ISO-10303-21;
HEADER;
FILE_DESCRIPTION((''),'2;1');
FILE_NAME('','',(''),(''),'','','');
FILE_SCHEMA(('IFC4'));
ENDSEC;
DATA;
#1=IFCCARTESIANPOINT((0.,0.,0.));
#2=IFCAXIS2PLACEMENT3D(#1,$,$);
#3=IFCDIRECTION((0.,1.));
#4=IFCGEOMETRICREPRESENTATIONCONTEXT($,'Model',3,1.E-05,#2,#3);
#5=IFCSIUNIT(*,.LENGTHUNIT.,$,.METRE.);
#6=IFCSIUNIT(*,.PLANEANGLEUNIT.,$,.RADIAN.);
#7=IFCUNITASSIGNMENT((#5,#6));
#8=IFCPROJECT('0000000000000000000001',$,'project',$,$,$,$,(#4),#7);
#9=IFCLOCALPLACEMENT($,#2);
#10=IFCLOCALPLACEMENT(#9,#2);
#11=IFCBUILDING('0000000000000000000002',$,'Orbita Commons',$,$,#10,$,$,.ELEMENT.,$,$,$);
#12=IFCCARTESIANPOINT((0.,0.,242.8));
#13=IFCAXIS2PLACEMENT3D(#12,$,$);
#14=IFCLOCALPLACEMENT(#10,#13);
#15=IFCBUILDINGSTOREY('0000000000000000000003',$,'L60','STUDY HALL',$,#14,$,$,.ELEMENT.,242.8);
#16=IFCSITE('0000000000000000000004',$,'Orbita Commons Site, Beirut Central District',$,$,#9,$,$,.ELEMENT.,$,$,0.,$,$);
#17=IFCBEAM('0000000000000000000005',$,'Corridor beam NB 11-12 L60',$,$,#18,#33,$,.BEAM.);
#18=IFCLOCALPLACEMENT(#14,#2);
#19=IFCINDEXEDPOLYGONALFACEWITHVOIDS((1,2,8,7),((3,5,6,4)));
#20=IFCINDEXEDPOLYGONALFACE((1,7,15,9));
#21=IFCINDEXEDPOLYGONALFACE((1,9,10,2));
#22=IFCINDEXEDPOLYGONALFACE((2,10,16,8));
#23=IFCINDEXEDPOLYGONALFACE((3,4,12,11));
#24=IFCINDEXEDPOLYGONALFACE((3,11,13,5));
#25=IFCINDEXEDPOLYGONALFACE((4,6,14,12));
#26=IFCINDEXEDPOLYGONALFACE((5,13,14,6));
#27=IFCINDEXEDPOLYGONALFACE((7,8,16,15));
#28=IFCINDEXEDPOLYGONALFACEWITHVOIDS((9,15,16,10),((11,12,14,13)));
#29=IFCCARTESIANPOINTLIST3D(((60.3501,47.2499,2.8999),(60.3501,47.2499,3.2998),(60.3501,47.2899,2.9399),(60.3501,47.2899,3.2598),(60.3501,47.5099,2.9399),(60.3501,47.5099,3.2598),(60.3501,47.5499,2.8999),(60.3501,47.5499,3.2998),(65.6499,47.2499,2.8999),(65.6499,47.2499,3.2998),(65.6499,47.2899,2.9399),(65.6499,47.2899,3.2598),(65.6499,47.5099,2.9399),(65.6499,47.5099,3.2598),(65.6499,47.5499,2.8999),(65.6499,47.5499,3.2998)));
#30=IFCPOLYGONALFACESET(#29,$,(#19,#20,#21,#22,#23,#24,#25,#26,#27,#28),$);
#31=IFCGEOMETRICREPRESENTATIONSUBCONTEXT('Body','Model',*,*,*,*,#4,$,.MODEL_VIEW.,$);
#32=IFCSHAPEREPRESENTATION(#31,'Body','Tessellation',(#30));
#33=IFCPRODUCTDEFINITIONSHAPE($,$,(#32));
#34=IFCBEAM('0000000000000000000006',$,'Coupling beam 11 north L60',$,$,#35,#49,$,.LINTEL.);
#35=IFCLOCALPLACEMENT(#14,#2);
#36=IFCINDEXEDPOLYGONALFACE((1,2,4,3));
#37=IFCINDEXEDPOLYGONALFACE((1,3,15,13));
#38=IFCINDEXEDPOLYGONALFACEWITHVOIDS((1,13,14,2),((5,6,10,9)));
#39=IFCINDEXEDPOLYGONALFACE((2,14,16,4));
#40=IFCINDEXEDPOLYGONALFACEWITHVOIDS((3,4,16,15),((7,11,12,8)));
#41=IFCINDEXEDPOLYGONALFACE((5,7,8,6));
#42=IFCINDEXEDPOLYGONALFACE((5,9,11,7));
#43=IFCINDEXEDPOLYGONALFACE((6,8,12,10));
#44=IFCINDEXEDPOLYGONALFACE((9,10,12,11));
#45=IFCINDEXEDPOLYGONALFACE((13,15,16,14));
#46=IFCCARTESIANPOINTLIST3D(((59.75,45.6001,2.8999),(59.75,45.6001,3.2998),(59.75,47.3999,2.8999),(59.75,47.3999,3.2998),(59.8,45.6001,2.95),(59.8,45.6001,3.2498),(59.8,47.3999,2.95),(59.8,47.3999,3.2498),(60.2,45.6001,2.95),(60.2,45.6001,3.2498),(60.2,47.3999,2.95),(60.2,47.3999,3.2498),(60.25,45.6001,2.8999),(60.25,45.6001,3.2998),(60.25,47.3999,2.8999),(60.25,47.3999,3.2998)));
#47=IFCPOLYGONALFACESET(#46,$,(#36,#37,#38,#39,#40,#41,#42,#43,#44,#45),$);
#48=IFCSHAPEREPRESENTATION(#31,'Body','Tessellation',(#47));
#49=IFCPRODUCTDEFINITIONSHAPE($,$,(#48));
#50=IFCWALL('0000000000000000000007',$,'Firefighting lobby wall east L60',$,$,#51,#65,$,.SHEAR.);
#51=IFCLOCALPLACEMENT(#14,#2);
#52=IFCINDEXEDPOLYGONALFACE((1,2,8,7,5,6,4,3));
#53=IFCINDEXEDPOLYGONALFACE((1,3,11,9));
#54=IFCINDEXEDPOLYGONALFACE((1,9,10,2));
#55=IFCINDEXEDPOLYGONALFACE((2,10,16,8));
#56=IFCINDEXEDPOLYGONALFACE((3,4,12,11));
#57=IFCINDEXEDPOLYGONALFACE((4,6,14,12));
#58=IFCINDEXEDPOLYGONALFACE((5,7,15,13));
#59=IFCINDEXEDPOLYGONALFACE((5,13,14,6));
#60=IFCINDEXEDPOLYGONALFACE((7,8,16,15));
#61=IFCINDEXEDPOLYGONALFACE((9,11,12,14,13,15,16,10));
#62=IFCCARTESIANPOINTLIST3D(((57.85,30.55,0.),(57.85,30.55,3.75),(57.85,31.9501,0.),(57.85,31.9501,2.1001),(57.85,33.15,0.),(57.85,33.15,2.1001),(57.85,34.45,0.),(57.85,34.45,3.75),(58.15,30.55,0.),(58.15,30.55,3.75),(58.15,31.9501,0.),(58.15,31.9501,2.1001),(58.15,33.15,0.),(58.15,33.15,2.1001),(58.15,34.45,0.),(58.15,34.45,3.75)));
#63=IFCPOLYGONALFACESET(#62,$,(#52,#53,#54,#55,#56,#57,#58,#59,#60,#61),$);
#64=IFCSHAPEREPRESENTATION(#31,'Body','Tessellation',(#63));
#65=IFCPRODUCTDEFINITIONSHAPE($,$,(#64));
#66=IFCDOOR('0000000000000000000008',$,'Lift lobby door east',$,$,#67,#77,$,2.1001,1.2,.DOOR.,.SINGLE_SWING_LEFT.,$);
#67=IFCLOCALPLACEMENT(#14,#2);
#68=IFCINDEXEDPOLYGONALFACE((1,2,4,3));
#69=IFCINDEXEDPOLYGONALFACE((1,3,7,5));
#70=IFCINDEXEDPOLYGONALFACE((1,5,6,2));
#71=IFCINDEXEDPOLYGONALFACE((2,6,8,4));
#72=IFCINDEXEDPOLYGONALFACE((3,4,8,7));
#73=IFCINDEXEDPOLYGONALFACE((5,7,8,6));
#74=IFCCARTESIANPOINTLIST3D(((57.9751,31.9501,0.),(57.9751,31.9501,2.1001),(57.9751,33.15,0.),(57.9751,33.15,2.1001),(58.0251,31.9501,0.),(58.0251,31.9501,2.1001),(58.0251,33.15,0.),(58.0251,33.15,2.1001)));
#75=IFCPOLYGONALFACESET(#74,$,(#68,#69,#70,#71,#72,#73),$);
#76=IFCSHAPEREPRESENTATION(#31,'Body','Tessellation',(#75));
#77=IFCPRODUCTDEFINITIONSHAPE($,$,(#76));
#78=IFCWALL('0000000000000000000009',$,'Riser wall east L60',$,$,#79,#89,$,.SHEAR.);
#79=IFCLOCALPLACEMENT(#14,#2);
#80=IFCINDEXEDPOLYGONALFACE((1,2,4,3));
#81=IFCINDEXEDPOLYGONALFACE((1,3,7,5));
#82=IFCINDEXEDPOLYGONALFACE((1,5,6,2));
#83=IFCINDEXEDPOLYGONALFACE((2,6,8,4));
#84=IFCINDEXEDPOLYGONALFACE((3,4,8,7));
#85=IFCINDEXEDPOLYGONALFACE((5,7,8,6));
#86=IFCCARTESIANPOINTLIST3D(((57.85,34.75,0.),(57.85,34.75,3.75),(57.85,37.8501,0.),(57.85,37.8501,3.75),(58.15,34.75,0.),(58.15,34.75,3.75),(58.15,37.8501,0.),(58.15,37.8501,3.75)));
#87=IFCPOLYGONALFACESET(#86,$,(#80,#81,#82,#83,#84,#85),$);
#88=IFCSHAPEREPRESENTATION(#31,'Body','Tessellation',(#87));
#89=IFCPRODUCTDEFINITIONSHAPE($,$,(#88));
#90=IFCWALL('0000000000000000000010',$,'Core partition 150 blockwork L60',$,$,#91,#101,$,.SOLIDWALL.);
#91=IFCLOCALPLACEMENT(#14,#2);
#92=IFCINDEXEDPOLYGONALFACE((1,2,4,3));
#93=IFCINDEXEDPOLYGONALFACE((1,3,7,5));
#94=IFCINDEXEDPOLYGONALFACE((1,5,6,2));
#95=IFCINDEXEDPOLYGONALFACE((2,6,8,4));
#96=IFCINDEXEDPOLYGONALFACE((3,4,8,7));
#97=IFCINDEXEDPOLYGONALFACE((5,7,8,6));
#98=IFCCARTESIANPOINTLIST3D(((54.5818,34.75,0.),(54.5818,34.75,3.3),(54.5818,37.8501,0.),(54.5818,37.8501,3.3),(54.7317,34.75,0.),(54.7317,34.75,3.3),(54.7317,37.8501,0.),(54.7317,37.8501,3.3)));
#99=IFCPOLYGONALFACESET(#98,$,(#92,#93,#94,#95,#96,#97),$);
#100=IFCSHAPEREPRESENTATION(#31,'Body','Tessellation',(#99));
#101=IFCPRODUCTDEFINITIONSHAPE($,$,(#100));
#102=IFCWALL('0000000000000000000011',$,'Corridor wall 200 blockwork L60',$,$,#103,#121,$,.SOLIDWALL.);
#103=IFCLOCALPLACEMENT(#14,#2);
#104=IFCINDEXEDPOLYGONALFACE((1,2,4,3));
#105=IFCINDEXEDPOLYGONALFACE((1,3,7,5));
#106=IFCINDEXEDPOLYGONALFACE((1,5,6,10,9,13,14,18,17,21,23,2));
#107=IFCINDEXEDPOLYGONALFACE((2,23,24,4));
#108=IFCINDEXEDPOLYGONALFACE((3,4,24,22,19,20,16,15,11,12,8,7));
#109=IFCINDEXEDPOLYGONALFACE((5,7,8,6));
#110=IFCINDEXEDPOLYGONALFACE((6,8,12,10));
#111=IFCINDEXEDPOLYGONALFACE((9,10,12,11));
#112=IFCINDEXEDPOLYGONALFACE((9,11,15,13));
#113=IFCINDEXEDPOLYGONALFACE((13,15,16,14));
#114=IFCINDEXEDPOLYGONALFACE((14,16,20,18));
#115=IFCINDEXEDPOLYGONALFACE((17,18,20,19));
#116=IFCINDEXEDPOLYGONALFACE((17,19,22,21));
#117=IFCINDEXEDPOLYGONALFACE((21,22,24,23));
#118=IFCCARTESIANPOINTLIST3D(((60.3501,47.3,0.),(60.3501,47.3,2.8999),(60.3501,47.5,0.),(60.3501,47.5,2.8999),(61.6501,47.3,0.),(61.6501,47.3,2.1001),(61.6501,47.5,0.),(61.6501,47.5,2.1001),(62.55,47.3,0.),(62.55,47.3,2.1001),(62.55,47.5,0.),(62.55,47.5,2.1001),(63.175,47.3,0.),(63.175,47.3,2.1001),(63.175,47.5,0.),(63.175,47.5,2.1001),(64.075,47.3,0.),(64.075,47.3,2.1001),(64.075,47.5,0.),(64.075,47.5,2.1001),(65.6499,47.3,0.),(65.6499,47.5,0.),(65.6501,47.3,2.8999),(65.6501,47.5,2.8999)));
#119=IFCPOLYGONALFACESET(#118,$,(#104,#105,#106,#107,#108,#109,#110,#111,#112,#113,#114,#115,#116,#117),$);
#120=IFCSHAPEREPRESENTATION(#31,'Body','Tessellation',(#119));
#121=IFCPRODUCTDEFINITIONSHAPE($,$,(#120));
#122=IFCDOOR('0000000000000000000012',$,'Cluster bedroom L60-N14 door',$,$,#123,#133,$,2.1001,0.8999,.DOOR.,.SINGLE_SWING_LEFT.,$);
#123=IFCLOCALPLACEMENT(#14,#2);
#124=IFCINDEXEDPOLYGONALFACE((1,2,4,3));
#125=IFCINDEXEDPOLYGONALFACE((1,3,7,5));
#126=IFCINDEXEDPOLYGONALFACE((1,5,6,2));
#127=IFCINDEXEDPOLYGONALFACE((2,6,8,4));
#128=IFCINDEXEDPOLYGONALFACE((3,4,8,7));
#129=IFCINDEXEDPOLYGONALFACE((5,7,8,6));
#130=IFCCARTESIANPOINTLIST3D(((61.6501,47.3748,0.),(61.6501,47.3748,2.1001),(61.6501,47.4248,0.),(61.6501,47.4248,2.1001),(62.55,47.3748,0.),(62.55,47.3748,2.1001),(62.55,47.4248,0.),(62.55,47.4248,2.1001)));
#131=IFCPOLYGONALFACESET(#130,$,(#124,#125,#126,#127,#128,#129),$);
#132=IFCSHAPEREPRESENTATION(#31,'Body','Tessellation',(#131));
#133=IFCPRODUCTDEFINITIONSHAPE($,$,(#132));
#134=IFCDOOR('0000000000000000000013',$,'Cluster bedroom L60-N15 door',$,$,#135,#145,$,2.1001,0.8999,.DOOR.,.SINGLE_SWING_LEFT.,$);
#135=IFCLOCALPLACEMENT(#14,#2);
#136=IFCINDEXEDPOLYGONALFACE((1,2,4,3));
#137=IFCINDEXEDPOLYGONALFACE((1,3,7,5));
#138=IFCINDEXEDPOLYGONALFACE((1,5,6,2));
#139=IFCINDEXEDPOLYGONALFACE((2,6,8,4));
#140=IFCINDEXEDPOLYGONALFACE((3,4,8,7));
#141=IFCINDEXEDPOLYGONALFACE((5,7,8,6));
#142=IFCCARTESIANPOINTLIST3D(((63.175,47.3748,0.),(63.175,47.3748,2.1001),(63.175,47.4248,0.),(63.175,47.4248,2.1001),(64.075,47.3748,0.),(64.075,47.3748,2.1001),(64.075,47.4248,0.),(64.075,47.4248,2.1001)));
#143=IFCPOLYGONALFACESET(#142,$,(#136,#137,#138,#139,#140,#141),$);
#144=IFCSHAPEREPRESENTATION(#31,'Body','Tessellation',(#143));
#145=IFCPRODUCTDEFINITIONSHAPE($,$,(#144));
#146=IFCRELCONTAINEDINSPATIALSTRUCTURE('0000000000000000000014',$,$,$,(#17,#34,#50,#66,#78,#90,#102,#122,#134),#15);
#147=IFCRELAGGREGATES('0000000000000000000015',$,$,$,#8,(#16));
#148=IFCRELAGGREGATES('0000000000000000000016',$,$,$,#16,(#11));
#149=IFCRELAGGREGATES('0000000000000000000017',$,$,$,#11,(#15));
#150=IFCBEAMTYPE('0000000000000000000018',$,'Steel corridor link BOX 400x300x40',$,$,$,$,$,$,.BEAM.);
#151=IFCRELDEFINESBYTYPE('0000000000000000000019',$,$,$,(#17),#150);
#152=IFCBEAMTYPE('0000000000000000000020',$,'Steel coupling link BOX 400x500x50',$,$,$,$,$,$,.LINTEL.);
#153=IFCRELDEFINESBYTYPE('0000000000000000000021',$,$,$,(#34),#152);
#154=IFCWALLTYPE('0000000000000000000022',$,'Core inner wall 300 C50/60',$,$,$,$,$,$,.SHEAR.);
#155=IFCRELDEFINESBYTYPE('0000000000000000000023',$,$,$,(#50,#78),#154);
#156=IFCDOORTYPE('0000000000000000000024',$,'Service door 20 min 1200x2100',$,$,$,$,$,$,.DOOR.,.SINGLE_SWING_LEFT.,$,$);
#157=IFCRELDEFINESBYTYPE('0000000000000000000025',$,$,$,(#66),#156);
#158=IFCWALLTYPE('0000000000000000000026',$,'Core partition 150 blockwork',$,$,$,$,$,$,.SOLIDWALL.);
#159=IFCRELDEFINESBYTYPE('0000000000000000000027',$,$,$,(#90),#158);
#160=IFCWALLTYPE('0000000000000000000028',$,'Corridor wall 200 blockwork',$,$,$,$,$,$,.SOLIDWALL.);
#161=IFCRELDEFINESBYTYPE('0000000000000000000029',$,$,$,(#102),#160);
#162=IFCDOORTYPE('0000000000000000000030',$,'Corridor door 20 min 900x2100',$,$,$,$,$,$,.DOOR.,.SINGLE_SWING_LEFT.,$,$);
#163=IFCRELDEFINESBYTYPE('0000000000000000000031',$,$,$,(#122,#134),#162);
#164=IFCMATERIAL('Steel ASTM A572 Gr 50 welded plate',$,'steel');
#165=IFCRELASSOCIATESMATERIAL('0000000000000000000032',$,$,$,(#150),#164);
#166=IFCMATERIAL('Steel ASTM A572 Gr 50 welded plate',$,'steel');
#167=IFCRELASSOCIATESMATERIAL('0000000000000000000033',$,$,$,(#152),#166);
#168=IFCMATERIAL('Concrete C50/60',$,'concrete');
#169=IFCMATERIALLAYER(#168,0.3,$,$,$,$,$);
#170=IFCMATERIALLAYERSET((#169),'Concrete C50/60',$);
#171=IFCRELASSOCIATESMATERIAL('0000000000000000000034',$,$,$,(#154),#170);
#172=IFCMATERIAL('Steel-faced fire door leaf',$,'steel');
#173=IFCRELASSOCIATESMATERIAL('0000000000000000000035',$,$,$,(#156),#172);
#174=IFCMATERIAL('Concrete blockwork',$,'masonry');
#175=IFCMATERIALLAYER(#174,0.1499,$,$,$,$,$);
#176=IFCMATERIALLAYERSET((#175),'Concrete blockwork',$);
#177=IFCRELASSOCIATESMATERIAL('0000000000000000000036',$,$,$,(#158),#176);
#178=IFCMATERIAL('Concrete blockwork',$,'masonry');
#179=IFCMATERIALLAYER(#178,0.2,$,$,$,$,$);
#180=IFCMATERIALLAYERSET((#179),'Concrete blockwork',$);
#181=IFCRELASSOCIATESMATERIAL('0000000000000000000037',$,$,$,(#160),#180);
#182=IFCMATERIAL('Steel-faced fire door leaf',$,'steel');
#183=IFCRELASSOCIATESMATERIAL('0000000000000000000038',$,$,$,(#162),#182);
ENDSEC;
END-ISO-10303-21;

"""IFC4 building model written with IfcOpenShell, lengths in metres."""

from ifc_helpers import new_model, si_unit, direction, frame, frame_2d, origin, origin_2d, place, context, subcontext, project, spatial, polyline, rectangle, hollow_rectangle, outline, extrude, material, layer, layer_set, material_profile, profile_set, type_object, element, fill, save


model = new_model("IFC4")

# Units and contexts
model_context = context("Model", 3, precision=1e-05, world=origin(), true_north=direction((0.0, 1.0)))
body_context = subcontext(model_context, "Body", "Model", "MODEL_VIEW")
ifc_project = project(units=[si_unit("LENGTHUNIT", "METRE"), si_unit("PLANEANGLEUNIT", "RADIAN")], contexts=[model_context])

# Site, building, storey
site_placement = place(None, origin())
site = spatial("IfcSite", under=ifc_project, at=site_placement, Name="Orbita Commons Site, Beirut Central District", CompositionType="ELEMENT", RefElevation=0.0)
building_placement = place(site_placement, origin())
building = spatial("IfcBuilding", under=site, at=building_placement, Name="Orbita Commons", CompositionType="ELEMENT")
storey_placement = place(building_placement, frame((0.0, 0.0, 242.8)))
storey = spatial("IfcBuildingStorey", under=building, at=storey_placement, Name="L60", Description="STUDY HALL", CompositionType="ELEMENT", Elevation=242.8)

# Beams
ifc_material_1 = material(Name="Steel ASTM A572 Gr 50 welded plate", Category="steel")
ifc_material_profile_1 = material_profile(ifc_material_1, hollow_rectangle(XDim=0.3, YDim=0.3999, WallThickness=0.04, at=origin_2d()), Name="BOX 400x300x40")
ifc_profile_set_1 = profile_set([ifc_material_profile_1], Name="Steel ASTM A572 Gr 50 welded plate")
beam_type_1 = type_object("IfcBeamType", Name="Steel corridor link BOX 400x300x40", PredefinedType="BEAM", material=ifc_profile_set_1)
beam_1_placement = place(storey_placement, frame((60.3501, 47.3999, 3.0999), z_axis=(1.0, 0.0, 0.0), x_axis=(0.0, 1.0, 0.0)))
element("IfcBeam", 1, at=beam_1_placement, inside=storey, type_object=beam_type_1, Name="Corridor beam NB 11-12 L60", PredefinedType="BEAM", context=body_context, shape_type="SweptSolid", body=[
    extrude(hollow_rectangle(XDim=0.3, YDim=0.3999, WallThickness=0.04, at=origin_2d()), origin(), (0.0, 0.0, 1.0), 5.2998),
])
ifc_material_2 = material(Name="Steel ASTM A572 Gr 50 welded plate", Category="steel")
ifc_material_profile_2 = material_profile(ifc_material_2, hollow_rectangle(XDim=0.5, YDim=0.3999, WallThickness=0.05, at=origin_2d()), Name="BOX 400x500x50")
ifc_profile_set_2 = profile_set([ifc_material_profile_2], Name="Steel ASTM A572 Gr 50 welded plate")
beam_type_2 = type_object("IfcBeamType", Name="Steel coupling link BOX 400x500x50", PredefinedType="LINTEL", material=ifc_profile_set_2)
beam_2_placement = place(storey_placement, frame((60.0, 45.6001, 3.0999), z_axis=(0.0, 1.0, 0.0), x_axis=(-1.0, 0.0, 0.0)))
element("IfcBeam", 2, at=beam_2_placement, inside=storey, type_object=beam_type_2, Name="Coupling beam 11 north L60", PredefinedType="LINTEL", context=body_context, shape_type="SweptSolid", body=[
    extrude(hollow_rectangle(XDim=0.5, YDim=0.3999, WallThickness=0.05, at=origin_2d()), origin(), (0.0, 0.0, 1.0), 1.7998),
])

# Wall, opening, door
ifc_material_3 = material(Name="Concrete C50/60", Category="concrete")
ifc_layer_1 = layer(ifc_material_3, 0.3)
ifc_layer_set_1 = layer_set([ifc_layer_1], Name="Concrete C50/60")
wall_type_1 = type_object("IfcWallType", Name="Core inner wall 300 C50/60", PredefinedType="SHEAR", material=ifc_layer_set_1)
wall_1_placement = place(storey_placement, frame((58.0, 30.55, 0.0), z_axis=(0.0, 0.0, 1.0), x_axis=(0.0, 1.0, 0.0)))
wall_1 = element("IfcWall", 3, at=wall_1_placement, inside=storey, type_object=wall_type_1, Name="Firefighting lobby wall east L60", PredefinedType="SHEAR", context=body_context, shape_type="SweptSolid", body=[
    extrude(rectangle(XDim=3.8999, YDim=0.3, at=frame_2d((1.95, 0.0))), origin(), (0.0, 0.0, 1.0), 3.75),
])
opening_1_placement = place(wall_1_placement, frame((1.3999, 0.0, 0.0)))
opening_1 = element("IfcOpeningElement", 4, at=opening_1_placement, cuts=wall_1, PredefinedType="OPENING", context=body_context, shape_type="SweptSolid", body=[
    extrude(rectangle(XDim=1.2, YDim=2.1001, at=frame_2d((0.6001, 1.05))), frame((0.0, 0.1599, 0.0), z_axis=(0.0, -1.0, 0.0), x_axis=(1.0, 0.0, 0.0)), (0.0, 0.0, 1.0), 0.3201),
])
ifc_material_4 = material(Name="Steel-faced fire door leaf", Category="steel")
door_type_1 = type_object("IfcDoorType", Name="Service door 20 min 1200x2100", OperationType="SINGLE_SWING_LEFT", PredefinedType="DOOR", material=ifc_material_4)
door_1_placement = place(opening_1_placement, origin())
door_1 = element("IfcDoor", 5, at=door_1_placement, inside=storey, type_object=door_type_1, Name="Lift lobby door east", OperationType="SINGLE_SWING_LEFT", OverallHeight=2.1001, OverallWidth=1.2, PredefinedType="DOOR", context=body_context, shape_type="SweptSolid", body=[
    extrude(rectangle(XDim=1.2, YDim=2.1001, at=frame_2d((0.6001, 1.05))), frame((0.0, 0.0249, 0.0), z_axis=(0.0, -1.0, 0.0), x_axis=(1.0, 0.0, 0.0)), (0.0, 0.0, 1.0), 0.05),
])
fill(opening_1, door_1)

# Walls
wall_2_placement = place(storey_placement, frame((58.0, 34.75, 0.0), z_axis=(0.0, 0.0, 1.0), x_axis=(0.0, 1.0, 0.0)))
element("IfcWall", 6, at=wall_2_placement, inside=storey, type_object=wall_type_1, Name="Riser wall east L60", PredefinedType="SHEAR", context=body_context, shape_type="SweptSolid", body=[
    extrude(rectangle(XDim=3.1001, YDim=0.3, at=frame_2d((1.55, 0.0))), origin(), (0.0, 0.0, 1.0), 3.75),
])
ifc_material_5 = material(Name="Concrete blockwork", Category="masonry")
ifc_layer_2 = layer(ifc_material_5, 0.1499)
ifc_layer_set_2 = layer_set([ifc_layer_2], Name="Concrete blockwork")
wall_type_2 = type_object("IfcWallType", Name="Core partition 150 blockwork", PredefinedType="SOLIDWALL", material=ifc_layer_set_2)
wall_3_placement = place(storey_placement, frame((54.6567, 34.75, 0.0), z_axis=(0.0, 0.0, 1.0), x_axis=(0.0, 1.0, 0.0)))
element("IfcWall", 7, at=wall_3_placement, inside=storey, type_object=wall_type_2, Name="Core partition 150 blockwork L60", PredefinedType="SOLIDWALL", context=body_context, shape_type="SweptSolid", body=[
    extrude(rectangle(XDim=3.1001, YDim=0.1499, at=frame_2d((1.55, 0.0))), origin(), (0.0, 0.0, 1.0), 3.3),
])

# Wall, openings, doors
ifc_material_6 = material(Name="Concrete blockwork", Category="masonry")
ifc_layer_3 = layer(ifc_material_6, 0.2)
ifc_layer_set_3 = layer_set([ifc_layer_3], Name="Concrete blockwork")
wall_type_3 = type_object("IfcWallType", Name="Corridor wall 200 blockwork", PredefinedType="SOLIDWALL", material=ifc_layer_set_3)
wall_4_placement = place(storey_placement, frame((60.3501, 47.3999, 0.0), z_axis=(0.0, 0.0, 1.0), x_axis=(1.0, 0.0, 0.0)))
wall_4 = element("IfcWall", 8, at=wall_4_placement, inside=storey, type_object=wall_type_3, Name="Corridor wall 200 blockwork L60", PredefinedType="SOLIDWALL", context=body_context, shape_type="SweptSolid", body=[
    extrude(outline(polyline([(0.0, 0.0), (5.2998, 0.0), (5.3, 2.8999), (0.0, 2.8999), (0.0, 0.0)])), frame((0.0, 0.1001, 0.0), z_axis=(0.0, -1.0, 0.0), x_axis=(1.0, 0.0, 0.0)), (0.0, 0.0, 1.0), 0.2),
])
opening_2_placement = place(wall_4_placement, frame((1.3, 0.0, 0.0)))
opening_2 = element("IfcOpeningElement", 9, at=opening_2_placement, cuts=wall_4, PredefinedType="OPENING", context=body_context, shape_type="SweptSolid", body=[
    extrude(rectangle(XDim=0.8999, YDim=2.1001, at=frame_2d((0.45, 1.05))), frame((0.0, 0.1099, 0.0), z_axis=(0.0, -1.0, 0.0), x_axis=(1.0, 0.0, 0.0)), (0.0, 0.0, 1.0), 0.22),
])
opening_3_placement = place(wall_4_placement, frame((2.825, 0.0, 0.0)))
opening_3 = element("IfcOpeningElement", 10, at=opening_3_placement, cuts=wall_4, PredefinedType="OPENING", context=body_context, shape_type="SweptSolid", body=[
    extrude(rectangle(XDim=0.8999, YDim=2.1001, at=frame_2d((0.45, 1.05))), frame((0.0, 0.1099, 0.0), z_axis=(0.0, -1.0, 0.0), x_axis=(1.0, 0.0, 0.0)), (0.0, 0.0, 1.0), 0.22),
])
ifc_material_7 = material(Name="Steel-faced fire door leaf", Category="steel")
door_type_2 = type_object("IfcDoorType", Name="Corridor door 20 min 900x2100", OperationType="SINGLE_SWING_LEFT", PredefinedType="DOOR", material=ifc_material_7)
door_2_placement = place(opening_2_placement, origin())
door_2 = element("IfcDoor", 11, at=door_2_placement, inside=storey, type_object=door_type_2, Name="Cluster bedroom L60-N14 door", OperationType="SINGLE_SWING_LEFT", OverallHeight=2.1001, OverallWidth=0.8999, PredefinedType="DOOR", context=body_context, shape_type="SweptSolid", body=[
    extrude(rectangle(XDim=0.8999, YDim=2.1001, at=frame_2d((0.45, 1.05))), frame((0.0, 0.0249, 0.0), z_axis=(0.0, -1.0, 0.0), x_axis=(1.0, 0.0, 0.0)), (0.0, 0.0, 1.0), 0.05),
])
fill(opening_2, door_2)
door_3_placement = place(opening_3_placement, origin())
door_3 = element("IfcDoor", 12, at=door_3_placement, inside=storey, type_object=door_type_2, Name="Cluster bedroom L60-N15 door", OperationType="SINGLE_SWING_LEFT", OverallHeight=2.1001, OverallWidth=0.8999, PredefinedType="DOOR", context=body_context, shape_type="SweptSolid", body=[
    extrude(rectangle(XDim=0.8999, YDim=2.1001, at=frame_2d((0.45, 1.05))), frame((0.0, 0.0249, 0.0), z_axis=(0.0, -1.0, 0.0), x_axis=(1.0, 0.0, 0.0)), (0.0, 0.0, 1.0), 0.05),
])
fill(opening_3, door_3)

save(model, "model.ifc")
